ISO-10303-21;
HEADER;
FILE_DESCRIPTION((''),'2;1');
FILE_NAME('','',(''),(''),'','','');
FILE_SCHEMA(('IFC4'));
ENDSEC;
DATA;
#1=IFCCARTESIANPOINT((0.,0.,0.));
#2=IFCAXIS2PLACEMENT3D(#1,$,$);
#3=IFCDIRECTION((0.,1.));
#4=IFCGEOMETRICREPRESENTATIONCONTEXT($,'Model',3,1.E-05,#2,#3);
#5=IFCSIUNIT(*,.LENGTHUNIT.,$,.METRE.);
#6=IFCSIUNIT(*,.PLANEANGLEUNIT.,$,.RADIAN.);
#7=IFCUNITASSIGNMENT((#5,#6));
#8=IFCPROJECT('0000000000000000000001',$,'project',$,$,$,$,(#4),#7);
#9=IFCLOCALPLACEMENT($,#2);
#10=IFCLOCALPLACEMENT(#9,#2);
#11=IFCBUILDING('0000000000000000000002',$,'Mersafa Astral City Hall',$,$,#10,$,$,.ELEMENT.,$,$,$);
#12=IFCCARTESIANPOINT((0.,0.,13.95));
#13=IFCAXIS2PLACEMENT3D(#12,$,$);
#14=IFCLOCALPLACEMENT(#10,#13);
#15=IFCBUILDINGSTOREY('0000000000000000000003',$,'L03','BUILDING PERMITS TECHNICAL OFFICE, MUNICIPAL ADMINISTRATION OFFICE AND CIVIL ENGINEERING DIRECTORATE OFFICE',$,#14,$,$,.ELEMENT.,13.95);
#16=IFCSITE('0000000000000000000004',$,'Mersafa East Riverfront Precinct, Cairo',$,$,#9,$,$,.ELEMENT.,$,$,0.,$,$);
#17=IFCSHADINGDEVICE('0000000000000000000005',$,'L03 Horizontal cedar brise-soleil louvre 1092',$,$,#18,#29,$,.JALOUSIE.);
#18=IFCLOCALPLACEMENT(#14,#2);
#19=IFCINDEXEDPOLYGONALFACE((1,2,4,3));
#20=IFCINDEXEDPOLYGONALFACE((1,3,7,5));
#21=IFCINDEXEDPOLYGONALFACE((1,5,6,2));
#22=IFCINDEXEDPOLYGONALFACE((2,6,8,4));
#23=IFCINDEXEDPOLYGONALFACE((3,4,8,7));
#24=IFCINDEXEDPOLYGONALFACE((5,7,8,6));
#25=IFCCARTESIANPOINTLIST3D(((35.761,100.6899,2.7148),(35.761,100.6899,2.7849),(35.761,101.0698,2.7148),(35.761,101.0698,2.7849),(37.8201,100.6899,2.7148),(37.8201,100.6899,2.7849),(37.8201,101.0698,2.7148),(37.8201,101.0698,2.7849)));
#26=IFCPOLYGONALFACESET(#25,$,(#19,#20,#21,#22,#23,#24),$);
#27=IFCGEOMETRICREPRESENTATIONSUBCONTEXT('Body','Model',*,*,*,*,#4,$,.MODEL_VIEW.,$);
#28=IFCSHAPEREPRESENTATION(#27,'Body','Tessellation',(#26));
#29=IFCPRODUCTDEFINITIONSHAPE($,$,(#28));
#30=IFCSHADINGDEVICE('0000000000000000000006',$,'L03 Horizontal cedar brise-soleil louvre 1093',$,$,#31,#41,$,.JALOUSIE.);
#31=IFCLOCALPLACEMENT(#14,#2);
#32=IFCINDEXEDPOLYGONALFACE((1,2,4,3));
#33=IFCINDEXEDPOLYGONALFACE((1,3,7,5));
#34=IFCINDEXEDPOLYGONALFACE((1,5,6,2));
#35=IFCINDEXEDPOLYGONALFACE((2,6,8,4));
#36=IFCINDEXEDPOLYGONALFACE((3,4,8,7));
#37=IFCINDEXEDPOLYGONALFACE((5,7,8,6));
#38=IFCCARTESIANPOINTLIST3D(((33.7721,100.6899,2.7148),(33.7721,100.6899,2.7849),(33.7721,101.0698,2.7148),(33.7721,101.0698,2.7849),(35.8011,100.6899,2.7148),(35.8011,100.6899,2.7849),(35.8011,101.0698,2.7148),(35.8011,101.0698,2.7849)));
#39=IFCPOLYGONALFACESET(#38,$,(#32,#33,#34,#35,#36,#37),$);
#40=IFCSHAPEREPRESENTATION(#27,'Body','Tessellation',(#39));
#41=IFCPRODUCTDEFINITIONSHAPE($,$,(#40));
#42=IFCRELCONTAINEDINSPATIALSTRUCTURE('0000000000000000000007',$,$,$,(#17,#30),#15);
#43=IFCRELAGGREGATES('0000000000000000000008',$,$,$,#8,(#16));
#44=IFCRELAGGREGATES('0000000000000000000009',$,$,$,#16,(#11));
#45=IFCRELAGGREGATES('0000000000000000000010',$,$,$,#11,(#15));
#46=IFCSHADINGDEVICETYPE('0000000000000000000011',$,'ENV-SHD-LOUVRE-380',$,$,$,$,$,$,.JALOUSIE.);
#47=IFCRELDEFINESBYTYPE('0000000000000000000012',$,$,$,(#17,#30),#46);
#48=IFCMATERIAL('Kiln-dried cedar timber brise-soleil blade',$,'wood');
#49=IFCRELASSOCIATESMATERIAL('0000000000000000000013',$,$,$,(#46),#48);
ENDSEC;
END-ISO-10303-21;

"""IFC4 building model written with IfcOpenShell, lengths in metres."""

from ifc_helpers import new_model, si_unit, direction, frame, origin, origin_2d, place, context, subcontext, project, spatial, rectangle, extrude, material, type_object, element, save


model = new_model("IFC4")

# Units and contexts
model_context = context("Model", 3, precision=1e-05, world=origin(), true_north=direction((0.0, 1.0)))
body_context = subcontext(model_context, "Body", "Model", "MODEL_VIEW")
ifc_project = project(units=[si_unit("LENGTHUNIT", "METRE"), si_unit("PLANEANGLEUNIT", "RADIAN")], contexts=[model_context])

# Site, building, storey
site_placement = place(None, origin())
site = spatial("IfcSite", under=ifc_project, at=site_placement, Name="Mersafa East Riverfront Precinct, Cairo", CompositionType="ELEMENT", RefElevation=0.0)
building_placement = place(site_placement, origin())
building = spatial("IfcBuilding", under=site, at=building_placement, Name="Mersafa Astral City Hall", CompositionType="ELEMENT")
storey_placement = place(building_placement, frame((0.0, 0.0, 13.95)))
storey = spatial("IfcBuildingStorey", under=building, at=storey_placement, Name="L03", Description="BUILDING PERMITS TECHNICAL OFFICE, MUNICIPAL ADMINISTRATION OFFICE AND CIVIL ENGINEERING DIRECTORATE OFFICE", CompositionType="ELEMENT", Elevation=13.95)

# Shading devices
ifc_material_1 = material(Name="Kiln-dried cedar timber brise-soleil blade", Category="wood")
shading_device_type = type_object("IfcShadingDeviceType", Name="ENV-SHD-LOUVRE-380", PredefinedType="JALOUSIE", material=ifc_material_1)
for number, where, z_axis, x_axis, name in (
    (1, (36.7905, 100.8799, 2.7148), (0.0, 0.0, 1.0), (-1.0, 0.0, 0.0), "L03 Horizontal cedar brise-soleil louvre 1092"),
):
    element("IfcShadingDevice", number, at=place(storey_placement, frame(where, z_axis=z_axis, x_axis=x_axis)), inside=storey, type_object=shading_device_type, Name=name, PredefinedType="JALOUSIE", context=body_context, shape_type="SweptSolid", body=[
        extrude(rectangle(XDim=2.0591, YDim=0.3799, at=origin_2d()), origin(), (0.0, 0.0, 1.0), 0.0701),
    ])
shading_device_1_placement = place(storey_placement, frame((34.7866, 100.8799, 2.7148), z_axis=(0.0, 0.0, 1.0), x_axis=(-1.0, 0.0, 0.0)))
element("IfcShadingDevice", 2, at=shading_device_1_placement, inside=storey, type_object=shading_device_type, Name="L03 Horizontal cedar brise-soleil louvre 1093", PredefinedType="JALOUSIE", context=body_context, shape_type="SweptSolid", body=[
    extrude(rectangle(XDim=2.0291, YDim=0.3799, at=origin_2d()), origin(), (0.0, 0.0, 1.0), 0.0701),
])

save(model, "model.ifc")
